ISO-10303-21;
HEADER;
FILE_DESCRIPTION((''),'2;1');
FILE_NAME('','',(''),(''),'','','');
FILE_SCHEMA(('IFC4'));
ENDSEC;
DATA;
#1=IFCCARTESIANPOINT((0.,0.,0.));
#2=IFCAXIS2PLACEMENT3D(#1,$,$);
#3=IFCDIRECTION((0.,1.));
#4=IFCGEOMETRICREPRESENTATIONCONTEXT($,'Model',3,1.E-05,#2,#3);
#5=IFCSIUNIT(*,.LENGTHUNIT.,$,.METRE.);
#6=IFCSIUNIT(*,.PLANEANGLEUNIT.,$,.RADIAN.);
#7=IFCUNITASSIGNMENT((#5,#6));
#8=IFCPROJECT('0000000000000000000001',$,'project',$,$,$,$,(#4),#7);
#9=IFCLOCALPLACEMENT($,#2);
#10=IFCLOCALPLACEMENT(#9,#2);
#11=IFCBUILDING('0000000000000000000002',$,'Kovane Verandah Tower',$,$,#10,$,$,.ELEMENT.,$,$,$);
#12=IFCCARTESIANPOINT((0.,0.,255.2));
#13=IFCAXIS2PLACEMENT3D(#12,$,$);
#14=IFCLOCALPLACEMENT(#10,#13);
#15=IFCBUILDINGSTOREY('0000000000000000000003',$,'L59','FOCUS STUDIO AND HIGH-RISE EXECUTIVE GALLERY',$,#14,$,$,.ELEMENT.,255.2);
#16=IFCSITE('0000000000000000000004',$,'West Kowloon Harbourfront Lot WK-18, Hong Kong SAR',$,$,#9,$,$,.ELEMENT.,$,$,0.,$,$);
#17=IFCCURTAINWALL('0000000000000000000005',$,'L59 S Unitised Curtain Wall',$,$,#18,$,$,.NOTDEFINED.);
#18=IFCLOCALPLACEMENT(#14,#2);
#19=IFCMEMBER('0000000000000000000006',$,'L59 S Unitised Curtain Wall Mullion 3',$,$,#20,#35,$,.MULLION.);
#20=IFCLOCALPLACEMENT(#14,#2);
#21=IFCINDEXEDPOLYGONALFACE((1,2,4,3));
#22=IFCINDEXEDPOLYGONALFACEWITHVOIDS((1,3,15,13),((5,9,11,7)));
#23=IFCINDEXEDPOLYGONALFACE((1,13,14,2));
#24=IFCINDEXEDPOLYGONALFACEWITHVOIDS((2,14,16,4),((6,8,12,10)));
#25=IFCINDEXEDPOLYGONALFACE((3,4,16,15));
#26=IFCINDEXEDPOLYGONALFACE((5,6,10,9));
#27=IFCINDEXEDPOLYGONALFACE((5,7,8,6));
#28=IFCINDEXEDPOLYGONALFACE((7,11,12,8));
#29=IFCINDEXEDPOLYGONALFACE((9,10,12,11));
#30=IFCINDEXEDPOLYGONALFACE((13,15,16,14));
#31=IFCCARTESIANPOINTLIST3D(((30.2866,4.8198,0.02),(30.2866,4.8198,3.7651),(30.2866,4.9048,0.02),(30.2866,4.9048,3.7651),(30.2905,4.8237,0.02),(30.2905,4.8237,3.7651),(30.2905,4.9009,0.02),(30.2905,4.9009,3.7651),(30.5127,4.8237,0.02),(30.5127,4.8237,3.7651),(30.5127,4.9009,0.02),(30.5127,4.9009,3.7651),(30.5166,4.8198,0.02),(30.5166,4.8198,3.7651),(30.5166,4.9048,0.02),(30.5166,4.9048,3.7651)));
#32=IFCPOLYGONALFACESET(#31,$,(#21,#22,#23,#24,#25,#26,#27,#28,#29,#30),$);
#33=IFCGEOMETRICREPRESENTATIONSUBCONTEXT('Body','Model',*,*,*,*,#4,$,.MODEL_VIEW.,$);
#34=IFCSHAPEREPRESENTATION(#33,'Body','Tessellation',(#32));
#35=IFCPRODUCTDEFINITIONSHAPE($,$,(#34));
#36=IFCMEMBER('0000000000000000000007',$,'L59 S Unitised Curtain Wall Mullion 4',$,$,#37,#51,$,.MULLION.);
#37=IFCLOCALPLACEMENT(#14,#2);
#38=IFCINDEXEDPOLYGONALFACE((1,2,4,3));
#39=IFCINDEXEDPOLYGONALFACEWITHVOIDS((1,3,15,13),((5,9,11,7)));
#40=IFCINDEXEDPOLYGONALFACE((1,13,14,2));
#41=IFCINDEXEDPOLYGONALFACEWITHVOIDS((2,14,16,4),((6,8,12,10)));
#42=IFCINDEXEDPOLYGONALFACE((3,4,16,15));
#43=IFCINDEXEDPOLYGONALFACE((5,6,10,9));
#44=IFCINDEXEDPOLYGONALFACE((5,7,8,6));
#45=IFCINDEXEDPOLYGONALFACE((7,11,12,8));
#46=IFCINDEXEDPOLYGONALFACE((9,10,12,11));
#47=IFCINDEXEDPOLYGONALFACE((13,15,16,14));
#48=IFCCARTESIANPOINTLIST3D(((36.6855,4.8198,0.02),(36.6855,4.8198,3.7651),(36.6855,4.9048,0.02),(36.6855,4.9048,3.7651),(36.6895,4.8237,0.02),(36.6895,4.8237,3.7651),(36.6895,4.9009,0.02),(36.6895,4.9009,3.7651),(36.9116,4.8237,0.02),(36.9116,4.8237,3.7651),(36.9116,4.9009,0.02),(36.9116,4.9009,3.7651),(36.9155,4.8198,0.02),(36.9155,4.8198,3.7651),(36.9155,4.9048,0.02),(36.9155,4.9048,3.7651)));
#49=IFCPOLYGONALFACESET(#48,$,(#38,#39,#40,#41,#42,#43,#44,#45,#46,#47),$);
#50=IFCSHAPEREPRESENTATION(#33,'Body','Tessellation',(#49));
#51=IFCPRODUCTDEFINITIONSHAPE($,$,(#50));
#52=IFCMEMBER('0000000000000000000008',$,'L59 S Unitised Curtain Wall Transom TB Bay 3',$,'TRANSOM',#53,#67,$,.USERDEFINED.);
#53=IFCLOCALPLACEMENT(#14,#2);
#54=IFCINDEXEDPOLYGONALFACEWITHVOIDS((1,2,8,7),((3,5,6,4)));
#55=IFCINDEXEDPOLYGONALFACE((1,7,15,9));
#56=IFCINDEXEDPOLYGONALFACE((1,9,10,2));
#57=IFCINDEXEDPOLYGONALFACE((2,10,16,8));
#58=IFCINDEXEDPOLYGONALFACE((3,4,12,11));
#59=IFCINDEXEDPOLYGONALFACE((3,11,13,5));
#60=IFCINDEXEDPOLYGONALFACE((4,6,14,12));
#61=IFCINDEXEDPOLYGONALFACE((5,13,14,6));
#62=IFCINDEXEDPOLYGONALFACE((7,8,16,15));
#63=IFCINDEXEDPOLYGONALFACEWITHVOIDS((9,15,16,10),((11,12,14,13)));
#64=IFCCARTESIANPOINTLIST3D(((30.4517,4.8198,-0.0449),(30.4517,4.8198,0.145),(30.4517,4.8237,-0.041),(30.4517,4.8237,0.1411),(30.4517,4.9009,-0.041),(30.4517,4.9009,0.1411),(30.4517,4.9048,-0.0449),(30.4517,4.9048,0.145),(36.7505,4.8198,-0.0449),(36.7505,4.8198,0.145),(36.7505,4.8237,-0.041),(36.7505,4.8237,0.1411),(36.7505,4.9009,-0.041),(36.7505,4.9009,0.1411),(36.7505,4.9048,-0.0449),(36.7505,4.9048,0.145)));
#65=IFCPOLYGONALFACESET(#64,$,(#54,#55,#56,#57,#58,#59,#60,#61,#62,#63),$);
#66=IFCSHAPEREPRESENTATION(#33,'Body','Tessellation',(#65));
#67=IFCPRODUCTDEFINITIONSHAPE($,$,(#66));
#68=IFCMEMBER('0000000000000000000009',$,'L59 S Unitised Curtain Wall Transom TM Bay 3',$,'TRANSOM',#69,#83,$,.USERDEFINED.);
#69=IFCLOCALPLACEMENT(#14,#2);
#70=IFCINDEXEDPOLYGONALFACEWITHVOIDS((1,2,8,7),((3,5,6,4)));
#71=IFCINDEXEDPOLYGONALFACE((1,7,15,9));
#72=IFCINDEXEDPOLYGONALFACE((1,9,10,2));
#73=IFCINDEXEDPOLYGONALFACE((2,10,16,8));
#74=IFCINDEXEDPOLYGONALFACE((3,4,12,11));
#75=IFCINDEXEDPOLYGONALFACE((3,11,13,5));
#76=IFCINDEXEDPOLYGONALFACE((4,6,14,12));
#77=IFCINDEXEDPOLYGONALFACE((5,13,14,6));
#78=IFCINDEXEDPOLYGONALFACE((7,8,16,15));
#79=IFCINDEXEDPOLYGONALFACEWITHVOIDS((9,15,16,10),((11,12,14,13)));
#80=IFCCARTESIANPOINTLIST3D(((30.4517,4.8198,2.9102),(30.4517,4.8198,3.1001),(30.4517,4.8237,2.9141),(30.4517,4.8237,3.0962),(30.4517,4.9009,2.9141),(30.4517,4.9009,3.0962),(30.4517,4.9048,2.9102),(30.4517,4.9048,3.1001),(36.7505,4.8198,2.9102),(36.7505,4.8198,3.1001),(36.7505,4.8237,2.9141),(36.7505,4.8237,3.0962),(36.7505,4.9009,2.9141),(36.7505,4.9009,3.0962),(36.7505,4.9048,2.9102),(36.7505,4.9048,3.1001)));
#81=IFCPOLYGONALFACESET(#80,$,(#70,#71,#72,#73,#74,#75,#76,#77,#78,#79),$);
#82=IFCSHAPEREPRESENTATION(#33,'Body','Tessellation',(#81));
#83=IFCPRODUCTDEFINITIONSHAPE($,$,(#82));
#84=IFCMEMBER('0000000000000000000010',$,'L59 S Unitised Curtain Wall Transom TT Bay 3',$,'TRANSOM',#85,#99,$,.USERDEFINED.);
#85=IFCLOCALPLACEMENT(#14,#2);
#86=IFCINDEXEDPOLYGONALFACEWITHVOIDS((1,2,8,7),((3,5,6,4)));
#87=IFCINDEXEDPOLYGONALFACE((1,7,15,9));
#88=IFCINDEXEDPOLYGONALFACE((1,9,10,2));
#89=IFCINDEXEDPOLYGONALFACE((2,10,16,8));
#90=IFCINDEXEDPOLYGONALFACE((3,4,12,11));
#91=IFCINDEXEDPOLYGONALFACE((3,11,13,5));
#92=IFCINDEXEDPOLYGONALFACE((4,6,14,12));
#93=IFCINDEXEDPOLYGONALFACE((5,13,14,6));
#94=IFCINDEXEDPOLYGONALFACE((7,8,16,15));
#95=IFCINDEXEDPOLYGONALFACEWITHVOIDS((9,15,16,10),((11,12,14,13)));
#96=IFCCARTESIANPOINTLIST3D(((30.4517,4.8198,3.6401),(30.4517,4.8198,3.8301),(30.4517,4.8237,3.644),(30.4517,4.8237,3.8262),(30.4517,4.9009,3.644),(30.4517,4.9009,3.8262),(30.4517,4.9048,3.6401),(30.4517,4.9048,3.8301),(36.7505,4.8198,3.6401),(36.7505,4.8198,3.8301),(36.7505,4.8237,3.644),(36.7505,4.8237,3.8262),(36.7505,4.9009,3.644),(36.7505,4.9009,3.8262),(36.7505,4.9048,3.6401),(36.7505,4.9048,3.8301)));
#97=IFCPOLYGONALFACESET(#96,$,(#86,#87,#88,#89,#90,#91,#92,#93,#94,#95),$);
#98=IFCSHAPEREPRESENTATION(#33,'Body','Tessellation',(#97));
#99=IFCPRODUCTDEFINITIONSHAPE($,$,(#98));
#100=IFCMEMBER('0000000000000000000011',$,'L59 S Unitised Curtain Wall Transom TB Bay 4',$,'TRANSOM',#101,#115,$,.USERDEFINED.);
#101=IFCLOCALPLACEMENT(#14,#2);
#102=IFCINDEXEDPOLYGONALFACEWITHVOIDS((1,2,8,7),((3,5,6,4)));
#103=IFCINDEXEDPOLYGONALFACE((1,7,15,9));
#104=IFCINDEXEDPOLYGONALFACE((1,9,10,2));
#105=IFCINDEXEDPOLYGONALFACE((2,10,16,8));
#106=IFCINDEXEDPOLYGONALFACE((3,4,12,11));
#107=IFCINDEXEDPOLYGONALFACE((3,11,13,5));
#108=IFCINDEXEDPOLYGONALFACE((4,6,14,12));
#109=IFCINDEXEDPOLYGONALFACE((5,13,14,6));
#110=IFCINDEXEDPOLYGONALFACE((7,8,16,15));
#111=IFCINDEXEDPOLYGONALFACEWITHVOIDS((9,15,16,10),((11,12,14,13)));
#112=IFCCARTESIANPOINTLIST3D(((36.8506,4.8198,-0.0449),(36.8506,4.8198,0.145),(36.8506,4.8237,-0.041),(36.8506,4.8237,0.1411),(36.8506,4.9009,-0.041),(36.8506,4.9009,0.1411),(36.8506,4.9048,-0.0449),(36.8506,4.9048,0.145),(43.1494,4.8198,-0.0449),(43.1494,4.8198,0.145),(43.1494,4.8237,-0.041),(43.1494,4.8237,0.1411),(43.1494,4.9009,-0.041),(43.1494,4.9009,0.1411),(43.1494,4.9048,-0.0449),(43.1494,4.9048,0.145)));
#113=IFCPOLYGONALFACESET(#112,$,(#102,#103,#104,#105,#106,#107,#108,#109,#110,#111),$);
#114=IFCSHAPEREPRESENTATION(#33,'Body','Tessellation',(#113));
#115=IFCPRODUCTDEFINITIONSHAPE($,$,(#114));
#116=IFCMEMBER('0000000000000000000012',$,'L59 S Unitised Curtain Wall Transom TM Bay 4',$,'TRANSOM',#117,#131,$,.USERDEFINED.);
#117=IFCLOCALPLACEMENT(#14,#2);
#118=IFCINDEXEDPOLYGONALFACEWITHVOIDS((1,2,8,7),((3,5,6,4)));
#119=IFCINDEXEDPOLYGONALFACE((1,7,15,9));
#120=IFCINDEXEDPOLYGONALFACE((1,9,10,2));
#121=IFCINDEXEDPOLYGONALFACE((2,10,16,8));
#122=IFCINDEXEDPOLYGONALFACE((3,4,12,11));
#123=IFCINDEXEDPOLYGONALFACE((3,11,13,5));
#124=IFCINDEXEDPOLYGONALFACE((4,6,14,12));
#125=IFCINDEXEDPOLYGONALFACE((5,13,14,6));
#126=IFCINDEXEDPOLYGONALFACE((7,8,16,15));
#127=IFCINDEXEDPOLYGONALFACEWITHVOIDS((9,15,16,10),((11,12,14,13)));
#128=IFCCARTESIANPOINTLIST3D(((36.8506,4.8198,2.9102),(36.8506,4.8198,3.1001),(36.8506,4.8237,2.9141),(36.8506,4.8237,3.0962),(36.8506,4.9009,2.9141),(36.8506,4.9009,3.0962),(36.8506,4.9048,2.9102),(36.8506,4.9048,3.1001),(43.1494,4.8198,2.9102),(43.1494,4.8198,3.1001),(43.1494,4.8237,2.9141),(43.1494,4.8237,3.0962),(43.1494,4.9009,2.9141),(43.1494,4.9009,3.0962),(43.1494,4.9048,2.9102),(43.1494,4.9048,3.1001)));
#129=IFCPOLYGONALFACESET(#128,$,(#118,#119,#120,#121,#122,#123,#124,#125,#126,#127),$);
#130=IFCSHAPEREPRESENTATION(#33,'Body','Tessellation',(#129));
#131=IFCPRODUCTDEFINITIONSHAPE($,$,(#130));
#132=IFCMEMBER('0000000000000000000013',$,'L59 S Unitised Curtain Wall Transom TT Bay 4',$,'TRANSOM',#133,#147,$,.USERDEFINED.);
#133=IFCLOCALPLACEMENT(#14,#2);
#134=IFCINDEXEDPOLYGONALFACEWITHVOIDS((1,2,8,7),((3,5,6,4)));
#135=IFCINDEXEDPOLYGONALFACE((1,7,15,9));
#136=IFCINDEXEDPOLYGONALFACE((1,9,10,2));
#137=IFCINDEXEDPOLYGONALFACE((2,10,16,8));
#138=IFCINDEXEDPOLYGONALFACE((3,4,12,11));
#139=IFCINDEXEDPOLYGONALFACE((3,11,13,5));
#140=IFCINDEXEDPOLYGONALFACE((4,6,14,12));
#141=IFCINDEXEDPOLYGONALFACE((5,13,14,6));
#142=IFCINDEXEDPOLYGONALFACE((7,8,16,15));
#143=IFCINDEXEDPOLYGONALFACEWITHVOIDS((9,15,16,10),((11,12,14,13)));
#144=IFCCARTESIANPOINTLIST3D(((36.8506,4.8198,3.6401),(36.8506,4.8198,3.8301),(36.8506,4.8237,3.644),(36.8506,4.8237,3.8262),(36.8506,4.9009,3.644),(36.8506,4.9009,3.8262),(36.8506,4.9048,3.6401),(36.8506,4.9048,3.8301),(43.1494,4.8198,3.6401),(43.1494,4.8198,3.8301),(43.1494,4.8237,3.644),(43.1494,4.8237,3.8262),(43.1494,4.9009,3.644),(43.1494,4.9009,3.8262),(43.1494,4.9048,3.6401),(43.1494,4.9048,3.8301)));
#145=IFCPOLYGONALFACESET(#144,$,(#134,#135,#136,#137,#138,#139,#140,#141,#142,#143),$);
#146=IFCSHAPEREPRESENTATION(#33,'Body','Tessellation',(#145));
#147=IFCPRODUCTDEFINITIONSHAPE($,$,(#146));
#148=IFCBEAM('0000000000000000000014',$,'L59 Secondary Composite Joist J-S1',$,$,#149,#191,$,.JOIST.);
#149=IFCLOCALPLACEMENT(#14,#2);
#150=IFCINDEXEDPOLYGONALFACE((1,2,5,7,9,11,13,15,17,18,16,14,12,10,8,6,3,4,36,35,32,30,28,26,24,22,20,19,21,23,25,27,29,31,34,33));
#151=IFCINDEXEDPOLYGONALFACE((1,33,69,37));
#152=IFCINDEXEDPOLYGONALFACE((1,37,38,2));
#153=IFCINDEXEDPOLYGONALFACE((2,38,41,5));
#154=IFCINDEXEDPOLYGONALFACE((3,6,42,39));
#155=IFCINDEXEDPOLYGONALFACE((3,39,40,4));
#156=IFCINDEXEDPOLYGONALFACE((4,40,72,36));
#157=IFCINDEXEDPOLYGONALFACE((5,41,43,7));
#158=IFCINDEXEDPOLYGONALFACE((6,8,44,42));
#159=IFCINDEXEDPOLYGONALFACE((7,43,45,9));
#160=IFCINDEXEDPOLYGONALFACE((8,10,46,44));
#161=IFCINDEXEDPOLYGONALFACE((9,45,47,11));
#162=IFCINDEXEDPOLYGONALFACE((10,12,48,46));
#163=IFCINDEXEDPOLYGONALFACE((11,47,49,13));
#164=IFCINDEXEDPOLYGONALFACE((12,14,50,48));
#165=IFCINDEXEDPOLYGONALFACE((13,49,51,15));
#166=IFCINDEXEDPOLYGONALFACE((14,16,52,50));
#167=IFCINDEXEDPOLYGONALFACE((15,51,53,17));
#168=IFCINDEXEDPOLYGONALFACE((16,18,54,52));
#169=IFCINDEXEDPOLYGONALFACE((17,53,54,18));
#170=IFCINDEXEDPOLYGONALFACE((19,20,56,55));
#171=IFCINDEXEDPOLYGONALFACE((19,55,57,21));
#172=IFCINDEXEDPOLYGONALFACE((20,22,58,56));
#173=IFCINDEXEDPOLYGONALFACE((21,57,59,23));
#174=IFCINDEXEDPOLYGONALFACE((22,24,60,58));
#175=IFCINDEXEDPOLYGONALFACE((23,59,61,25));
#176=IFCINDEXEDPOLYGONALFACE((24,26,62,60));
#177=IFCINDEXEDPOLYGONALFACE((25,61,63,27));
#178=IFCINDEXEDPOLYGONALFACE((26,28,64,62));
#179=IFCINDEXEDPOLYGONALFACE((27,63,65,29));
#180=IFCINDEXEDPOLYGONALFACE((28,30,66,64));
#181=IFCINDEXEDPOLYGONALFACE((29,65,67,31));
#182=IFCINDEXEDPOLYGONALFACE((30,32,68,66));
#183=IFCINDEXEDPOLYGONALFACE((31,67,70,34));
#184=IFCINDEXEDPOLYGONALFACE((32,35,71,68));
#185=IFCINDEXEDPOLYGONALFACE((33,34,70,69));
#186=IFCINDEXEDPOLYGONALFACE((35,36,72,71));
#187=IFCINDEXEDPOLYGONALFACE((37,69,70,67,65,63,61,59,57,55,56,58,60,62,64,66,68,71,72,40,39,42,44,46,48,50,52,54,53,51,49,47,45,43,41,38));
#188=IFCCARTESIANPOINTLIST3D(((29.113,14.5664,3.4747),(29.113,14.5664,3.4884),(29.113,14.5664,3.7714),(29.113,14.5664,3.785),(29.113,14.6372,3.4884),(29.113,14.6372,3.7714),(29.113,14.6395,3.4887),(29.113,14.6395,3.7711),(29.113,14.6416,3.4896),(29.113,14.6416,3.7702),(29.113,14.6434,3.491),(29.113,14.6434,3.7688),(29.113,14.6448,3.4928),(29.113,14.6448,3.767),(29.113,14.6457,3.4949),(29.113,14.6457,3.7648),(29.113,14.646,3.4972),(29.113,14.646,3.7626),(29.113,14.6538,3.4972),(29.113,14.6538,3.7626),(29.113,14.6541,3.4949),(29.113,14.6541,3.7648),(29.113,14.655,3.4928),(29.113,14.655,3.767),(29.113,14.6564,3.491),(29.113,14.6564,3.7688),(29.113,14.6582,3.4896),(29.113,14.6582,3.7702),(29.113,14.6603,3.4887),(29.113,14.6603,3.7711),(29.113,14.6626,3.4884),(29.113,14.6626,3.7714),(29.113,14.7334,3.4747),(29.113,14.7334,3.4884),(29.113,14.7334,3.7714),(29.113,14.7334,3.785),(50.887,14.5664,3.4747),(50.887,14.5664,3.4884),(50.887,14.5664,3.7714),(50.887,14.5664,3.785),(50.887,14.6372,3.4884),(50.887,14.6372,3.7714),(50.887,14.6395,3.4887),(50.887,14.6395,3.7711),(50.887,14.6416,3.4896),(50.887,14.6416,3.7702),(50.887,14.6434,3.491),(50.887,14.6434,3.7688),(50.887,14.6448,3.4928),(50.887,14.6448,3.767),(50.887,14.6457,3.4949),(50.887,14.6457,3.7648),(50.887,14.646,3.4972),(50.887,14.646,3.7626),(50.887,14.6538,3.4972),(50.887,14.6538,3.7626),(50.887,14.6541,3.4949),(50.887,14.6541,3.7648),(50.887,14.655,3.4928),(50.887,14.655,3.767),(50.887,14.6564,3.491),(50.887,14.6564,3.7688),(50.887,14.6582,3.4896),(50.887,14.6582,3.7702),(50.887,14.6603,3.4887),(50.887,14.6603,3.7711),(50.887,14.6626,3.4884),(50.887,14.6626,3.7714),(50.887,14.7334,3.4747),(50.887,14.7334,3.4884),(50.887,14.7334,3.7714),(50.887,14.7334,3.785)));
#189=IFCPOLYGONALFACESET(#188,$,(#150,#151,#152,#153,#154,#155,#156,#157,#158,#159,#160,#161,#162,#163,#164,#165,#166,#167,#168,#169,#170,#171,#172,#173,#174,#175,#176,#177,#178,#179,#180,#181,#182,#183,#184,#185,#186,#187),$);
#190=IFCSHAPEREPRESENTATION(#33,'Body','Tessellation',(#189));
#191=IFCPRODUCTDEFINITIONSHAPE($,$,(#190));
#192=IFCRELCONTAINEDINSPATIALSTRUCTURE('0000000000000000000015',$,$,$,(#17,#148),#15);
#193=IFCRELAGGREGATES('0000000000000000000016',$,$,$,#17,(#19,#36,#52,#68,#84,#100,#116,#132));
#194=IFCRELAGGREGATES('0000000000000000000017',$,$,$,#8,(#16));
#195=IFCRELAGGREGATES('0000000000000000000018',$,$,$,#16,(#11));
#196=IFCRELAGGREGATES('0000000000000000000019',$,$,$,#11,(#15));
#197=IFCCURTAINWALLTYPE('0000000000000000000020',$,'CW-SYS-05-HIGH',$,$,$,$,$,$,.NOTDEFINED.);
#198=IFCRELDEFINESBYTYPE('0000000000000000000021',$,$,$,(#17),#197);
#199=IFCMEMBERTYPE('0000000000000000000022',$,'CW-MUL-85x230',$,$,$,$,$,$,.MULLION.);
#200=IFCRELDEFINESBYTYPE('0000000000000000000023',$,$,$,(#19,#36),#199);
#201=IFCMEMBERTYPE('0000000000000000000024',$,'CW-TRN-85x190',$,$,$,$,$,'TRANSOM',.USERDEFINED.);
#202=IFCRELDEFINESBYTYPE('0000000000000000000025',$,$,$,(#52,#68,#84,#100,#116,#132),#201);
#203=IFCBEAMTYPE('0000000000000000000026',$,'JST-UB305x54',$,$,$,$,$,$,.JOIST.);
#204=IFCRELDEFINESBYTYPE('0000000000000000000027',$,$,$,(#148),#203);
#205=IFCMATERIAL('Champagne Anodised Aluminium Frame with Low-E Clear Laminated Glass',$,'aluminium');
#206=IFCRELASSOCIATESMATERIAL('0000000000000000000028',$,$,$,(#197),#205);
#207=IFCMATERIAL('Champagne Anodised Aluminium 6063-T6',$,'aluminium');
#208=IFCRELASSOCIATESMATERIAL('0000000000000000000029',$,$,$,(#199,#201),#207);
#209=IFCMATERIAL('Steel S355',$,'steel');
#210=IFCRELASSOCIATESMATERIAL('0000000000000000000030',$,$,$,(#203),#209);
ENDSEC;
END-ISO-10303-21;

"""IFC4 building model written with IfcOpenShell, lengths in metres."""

from ifc_helpers import new_model, si_unit, direction, frame, origin, origin_2d, place, context, subcontext, project, spatial, hollow_rectangle, i_section, extrude, material, material_profile, profile_set, type_object, element, aggregate, save


model = new_model("IFC4")

# Units and contexts
model_context = context("Model", 3, precision=1e-05, world=origin(), true_north=direction((0.0, 1.0)))
body_context = subcontext(model_context, "Body", "Model", "MODEL_VIEW")
ifc_project = project(units=[si_unit("LENGTHUNIT", "METRE"), si_unit("PLANEANGLEUNIT", "RADIAN")], contexts=[model_context])

# Site, building, storey
site_placement = place(None, origin())
site = spatial("IfcSite", under=ifc_project, at=site_placement, Name="West Kowloon Harbourfront Lot WK-18, Hong Kong SAR", CompositionType="ELEMENT", RefElevation=0.0)
building_placement = place(site_placement, origin())
building = spatial("IfcBuilding", under=site, at=building_placement, Name="Kovane Verandah Tower", CompositionType="ELEMENT")
storey_placement = place(building_placement, frame((0.0, 0.0, 255.2)))
storey = spatial("IfcBuildingStorey", under=building, at=storey_placement, Name="L59", Description="FOCUS STUDIO AND HIGH-RISE EXECUTIVE GALLERY", CompositionType="ELEMENT", Elevation=255.2)

# Shared definitions
ifc_material_1 = material(Name="Steel S355", Category="steel")

# Curtain wall, members
ifc_material_2 = material(Name="Champagne Anodised Aluminium Frame with Low-E Clear Laminated Glass", Category="aluminium")
curtain_wall_type = type_object("IfcCurtainWallType", Name="CW-SYS-05-HIGH", PredefinedType="NOTDEFINED", material=ifc_material_2)
curtain_wall_placement = place(storey_placement, origin())
curtain_wall = element("IfcCurtainWall", 1, at=curtain_wall_placement, inside=storey, type_object=curtain_wall_type, Name="L59 S Unitised Curtain Wall", PredefinedType="NOTDEFINED")
ifc_material_3 = material(Name="Champagne Anodised Aluminium 6063-T6", Category="aluminium")
ifc_material_profile_1 = material_profile(ifc_material_3, hollow_rectangle(XDim=0.085, YDim=0.23, WallThickness=0.0039, at=origin_2d()), Name="AL85x230x4")
ifc_profile_set_1 = profile_set([ifc_material_profile_1], Name="Champagne Anodised Aluminium 6063-T6")
member_type_1 = type_object("IfcMemberType", Name="CW-MUL-85x230", PredefinedType="MULLION", material=ifc_profile_set_1)
member_1_placement = place(storey_placement, frame((30.4016, 4.8623, 0.02), z_axis=(0.0, 0.0, 1.0), x_axis=(0.0, -1.0, 0.0)))
member_1 = element("IfcMember", 2, at=member_1_placement, type_object=member_type_1, Name="L59 S Unitised Curtain Wall Mullion 3", PredefinedType="MULLION", context=body_context, shape_type="SweptSolid", body=[
    extrude(hollow_rectangle(XDim=0.085, YDim=0.23, WallThickness=0.0039, at=origin_2d()), origin(), (0.0, 0.0, 1.0), 3.7451),
])
member_2_placement = place(storey_placement, frame((36.8005, 4.8623, 0.02), z_axis=(0.0, 0.0, 1.0), x_axis=(0.0, -1.0, 0.0)))
member_2 = element("IfcMember", 3, at=member_2_placement, type_object=member_type_1, Name="L59 S Unitised Curtain Wall Mullion 4", PredefinedType="MULLION", context=body_context, shape_type="SweptSolid", body=[
    extrude(hollow_rectangle(XDim=0.085, YDim=0.23, WallThickness=0.0039, at=origin_2d()), origin(), (0.0, 0.0, 1.0), 3.7451),
])
ifc_material_profile_2 = material_profile(ifc_material_3, hollow_rectangle(XDim=0.085, YDim=0.1899, WallThickness=0.0039, at=origin_2d()), Name="AL85x190x4")
ifc_profile_set_2 = profile_set([ifc_material_profile_2], Name="Champagne Anodised Aluminium 6063-T6")
member_type_2 = type_object("IfcMemberType", Name="CW-TRN-85x190", ElementType="TRANSOM", PredefinedType="USERDEFINED", material=ifc_profile_set_2)
member_3_placement = place(storey_placement, frame((30.4517, 4.8623, 0.05), z_axis=(1.0, 0.0, 0.0), x_axis=(0.0, 1.0, 0.0)))
member_3 = element("IfcMember", 4, at=member_3_placement, type_object=member_type_2, Name="L59 S Unitised Curtain Wall Transom TB Bay 3", ObjectType="TRANSOM", PredefinedType="USERDEFINED", context=body_context, shape_type="SweptSolid", body=[
    extrude(hollow_rectangle(XDim=0.085, YDim=0.1899, WallThickness=0.0039, at=origin_2d()), origin(), (0.0, 0.0, 1.0), 6.2988),
])
member_4_placement = place(storey_placement, frame((30.4517, 4.8623, 3.0051), z_axis=(1.0, 0.0, 0.0), x_axis=(0.0, 1.0, 0.0)))
member_4 = element("IfcMember", 5, at=member_4_placement, type_object=member_type_2, Name="L59 S Unitised Curtain Wall Transom TM Bay 3", ObjectType="TRANSOM", PredefinedType="USERDEFINED", context=body_context, shape_type="SweptSolid", body=[
    extrude(hollow_rectangle(XDim=0.085, YDim=0.1899, WallThickness=0.0039, at=origin_2d()), origin(), (0.0, 0.0, 1.0), 6.2988),
])
member_5_placement = place(storey_placement, frame((30.4517, 4.8623, 3.7351), z_axis=(1.0, 0.0, 0.0), x_axis=(0.0, 1.0, 0.0)))
member_5 = element("IfcMember", 6, at=member_5_placement, type_object=member_type_2, Name="L59 S Unitised Curtain Wall Transom TT Bay 3", ObjectType="TRANSOM", PredefinedType="USERDEFINED", context=body_context, shape_type="SweptSolid", body=[
    extrude(hollow_rectangle(XDim=0.085, YDim=0.1899, WallThickness=0.0039, at=origin_2d()), origin(), (0.0, 0.0, 1.0), 6.2988),
])
member_6_placement = place(storey_placement, frame((36.8506, 4.8623, 0.05), z_axis=(1.0, 0.0, 0.0), x_axis=(0.0, 1.0, 0.0)))
member_6 = element("IfcMember", 7, at=member_6_placement, type_object=member_type_2, Name="L59 S Unitised Curtain Wall Transom TB Bay 4", ObjectType="TRANSOM", PredefinedType="USERDEFINED", context=body_context, shape_type="SweptSolid", body=[
    extrude(hollow_rectangle(XDim=0.085, YDim=0.1899, WallThickness=0.0039, at=origin_2d()), origin(), (0.0, 0.0, 1.0), 6.2988),
])
member_7_placement = place(storey_placement, frame((36.8506, 4.8623, 3.0051), z_axis=(1.0, 0.0, 0.0), x_axis=(0.0, 1.0, 0.0)))
member_7 = element("IfcMember", 8, at=member_7_placement, type_object=member_type_2, Name="L59 S Unitised Curtain Wall Transom TM Bay 4", ObjectType="TRANSOM", PredefinedType="USERDEFINED", context=body_context, shape_type="SweptSolid", body=[
    extrude(hollow_rectangle(XDim=0.085, YDim=0.1899, WallThickness=0.0039, at=origin_2d()), origin(), (0.0, 0.0, 1.0), 6.2988),
])
member_8_placement = place(storey_placement, frame((36.8506, 4.8623, 3.7351), z_axis=(1.0, 0.0, 0.0), x_axis=(0.0, 1.0, 0.0)))
member_8 = element("IfcMember", 9, at=member_8_placement, type_object=member_type_2, Name="L59 S Unitised Curtain Wall Transom TT Bay 4", ObjectType="TRANSOM", PredefinedType="USERDEFINED", context=body_context, shape_type="SweptSolid", body=[
    extrude(hollow_rectangle(XDim=0.085, YDim=0.1899, WallThickness=0.0039, at=origin_2d()), origin(), (0.0, 0.0, 1.0), 6.2988),
])

# Beam
ifc_material_profile_3 = material_profile(ifc_material_1, i_section(OverallWidth=0.167, OverallDepth=0.3103, WebThickness=0.0078, FlangeThickness=0.0137, FilletRadius=0.0088, at=origin_2d()), Name="UB305x165x54")
ifc_profile_set_3 = profile_set([ifc_material_profile_3], Name="Steel S355")
beam_type_1 = type_object("IfcBeamType", Name="JST-UB305x54", PredefinedType="JOIST", material=ifc_profile_set_3)
beam_1_placement = place(storey_placement, frame((29.113, 14.6499, 3.6299), z_axis=(1.0, 0.0, 0.0), x_axis=(0.0, 1.0, 0.0)))
element("IfcBeam", 10, at=beam_1_placement, inside=storey, type_object=beam_type_1, Name="L59 Secondary Composite Joist J-S1", PredefinedType="JOIST", context=body_context, shape_type="SweptSolid", body=[
    extrude(i_section(OverallWidth=0.167, OverallDepth=0.3103, WebThickness=0.0078, FlangeThickness=0.0137, FilletRadius=0.0088, at=origin_2d()), origin(), (0.0, 0.0, 1.0), 21.7739),
])

aggregate(curtain_wall, [member_1, member_2, member_3, member_4, member_5, member_6, member_7, member_8])

save(model, "model.ifc")
